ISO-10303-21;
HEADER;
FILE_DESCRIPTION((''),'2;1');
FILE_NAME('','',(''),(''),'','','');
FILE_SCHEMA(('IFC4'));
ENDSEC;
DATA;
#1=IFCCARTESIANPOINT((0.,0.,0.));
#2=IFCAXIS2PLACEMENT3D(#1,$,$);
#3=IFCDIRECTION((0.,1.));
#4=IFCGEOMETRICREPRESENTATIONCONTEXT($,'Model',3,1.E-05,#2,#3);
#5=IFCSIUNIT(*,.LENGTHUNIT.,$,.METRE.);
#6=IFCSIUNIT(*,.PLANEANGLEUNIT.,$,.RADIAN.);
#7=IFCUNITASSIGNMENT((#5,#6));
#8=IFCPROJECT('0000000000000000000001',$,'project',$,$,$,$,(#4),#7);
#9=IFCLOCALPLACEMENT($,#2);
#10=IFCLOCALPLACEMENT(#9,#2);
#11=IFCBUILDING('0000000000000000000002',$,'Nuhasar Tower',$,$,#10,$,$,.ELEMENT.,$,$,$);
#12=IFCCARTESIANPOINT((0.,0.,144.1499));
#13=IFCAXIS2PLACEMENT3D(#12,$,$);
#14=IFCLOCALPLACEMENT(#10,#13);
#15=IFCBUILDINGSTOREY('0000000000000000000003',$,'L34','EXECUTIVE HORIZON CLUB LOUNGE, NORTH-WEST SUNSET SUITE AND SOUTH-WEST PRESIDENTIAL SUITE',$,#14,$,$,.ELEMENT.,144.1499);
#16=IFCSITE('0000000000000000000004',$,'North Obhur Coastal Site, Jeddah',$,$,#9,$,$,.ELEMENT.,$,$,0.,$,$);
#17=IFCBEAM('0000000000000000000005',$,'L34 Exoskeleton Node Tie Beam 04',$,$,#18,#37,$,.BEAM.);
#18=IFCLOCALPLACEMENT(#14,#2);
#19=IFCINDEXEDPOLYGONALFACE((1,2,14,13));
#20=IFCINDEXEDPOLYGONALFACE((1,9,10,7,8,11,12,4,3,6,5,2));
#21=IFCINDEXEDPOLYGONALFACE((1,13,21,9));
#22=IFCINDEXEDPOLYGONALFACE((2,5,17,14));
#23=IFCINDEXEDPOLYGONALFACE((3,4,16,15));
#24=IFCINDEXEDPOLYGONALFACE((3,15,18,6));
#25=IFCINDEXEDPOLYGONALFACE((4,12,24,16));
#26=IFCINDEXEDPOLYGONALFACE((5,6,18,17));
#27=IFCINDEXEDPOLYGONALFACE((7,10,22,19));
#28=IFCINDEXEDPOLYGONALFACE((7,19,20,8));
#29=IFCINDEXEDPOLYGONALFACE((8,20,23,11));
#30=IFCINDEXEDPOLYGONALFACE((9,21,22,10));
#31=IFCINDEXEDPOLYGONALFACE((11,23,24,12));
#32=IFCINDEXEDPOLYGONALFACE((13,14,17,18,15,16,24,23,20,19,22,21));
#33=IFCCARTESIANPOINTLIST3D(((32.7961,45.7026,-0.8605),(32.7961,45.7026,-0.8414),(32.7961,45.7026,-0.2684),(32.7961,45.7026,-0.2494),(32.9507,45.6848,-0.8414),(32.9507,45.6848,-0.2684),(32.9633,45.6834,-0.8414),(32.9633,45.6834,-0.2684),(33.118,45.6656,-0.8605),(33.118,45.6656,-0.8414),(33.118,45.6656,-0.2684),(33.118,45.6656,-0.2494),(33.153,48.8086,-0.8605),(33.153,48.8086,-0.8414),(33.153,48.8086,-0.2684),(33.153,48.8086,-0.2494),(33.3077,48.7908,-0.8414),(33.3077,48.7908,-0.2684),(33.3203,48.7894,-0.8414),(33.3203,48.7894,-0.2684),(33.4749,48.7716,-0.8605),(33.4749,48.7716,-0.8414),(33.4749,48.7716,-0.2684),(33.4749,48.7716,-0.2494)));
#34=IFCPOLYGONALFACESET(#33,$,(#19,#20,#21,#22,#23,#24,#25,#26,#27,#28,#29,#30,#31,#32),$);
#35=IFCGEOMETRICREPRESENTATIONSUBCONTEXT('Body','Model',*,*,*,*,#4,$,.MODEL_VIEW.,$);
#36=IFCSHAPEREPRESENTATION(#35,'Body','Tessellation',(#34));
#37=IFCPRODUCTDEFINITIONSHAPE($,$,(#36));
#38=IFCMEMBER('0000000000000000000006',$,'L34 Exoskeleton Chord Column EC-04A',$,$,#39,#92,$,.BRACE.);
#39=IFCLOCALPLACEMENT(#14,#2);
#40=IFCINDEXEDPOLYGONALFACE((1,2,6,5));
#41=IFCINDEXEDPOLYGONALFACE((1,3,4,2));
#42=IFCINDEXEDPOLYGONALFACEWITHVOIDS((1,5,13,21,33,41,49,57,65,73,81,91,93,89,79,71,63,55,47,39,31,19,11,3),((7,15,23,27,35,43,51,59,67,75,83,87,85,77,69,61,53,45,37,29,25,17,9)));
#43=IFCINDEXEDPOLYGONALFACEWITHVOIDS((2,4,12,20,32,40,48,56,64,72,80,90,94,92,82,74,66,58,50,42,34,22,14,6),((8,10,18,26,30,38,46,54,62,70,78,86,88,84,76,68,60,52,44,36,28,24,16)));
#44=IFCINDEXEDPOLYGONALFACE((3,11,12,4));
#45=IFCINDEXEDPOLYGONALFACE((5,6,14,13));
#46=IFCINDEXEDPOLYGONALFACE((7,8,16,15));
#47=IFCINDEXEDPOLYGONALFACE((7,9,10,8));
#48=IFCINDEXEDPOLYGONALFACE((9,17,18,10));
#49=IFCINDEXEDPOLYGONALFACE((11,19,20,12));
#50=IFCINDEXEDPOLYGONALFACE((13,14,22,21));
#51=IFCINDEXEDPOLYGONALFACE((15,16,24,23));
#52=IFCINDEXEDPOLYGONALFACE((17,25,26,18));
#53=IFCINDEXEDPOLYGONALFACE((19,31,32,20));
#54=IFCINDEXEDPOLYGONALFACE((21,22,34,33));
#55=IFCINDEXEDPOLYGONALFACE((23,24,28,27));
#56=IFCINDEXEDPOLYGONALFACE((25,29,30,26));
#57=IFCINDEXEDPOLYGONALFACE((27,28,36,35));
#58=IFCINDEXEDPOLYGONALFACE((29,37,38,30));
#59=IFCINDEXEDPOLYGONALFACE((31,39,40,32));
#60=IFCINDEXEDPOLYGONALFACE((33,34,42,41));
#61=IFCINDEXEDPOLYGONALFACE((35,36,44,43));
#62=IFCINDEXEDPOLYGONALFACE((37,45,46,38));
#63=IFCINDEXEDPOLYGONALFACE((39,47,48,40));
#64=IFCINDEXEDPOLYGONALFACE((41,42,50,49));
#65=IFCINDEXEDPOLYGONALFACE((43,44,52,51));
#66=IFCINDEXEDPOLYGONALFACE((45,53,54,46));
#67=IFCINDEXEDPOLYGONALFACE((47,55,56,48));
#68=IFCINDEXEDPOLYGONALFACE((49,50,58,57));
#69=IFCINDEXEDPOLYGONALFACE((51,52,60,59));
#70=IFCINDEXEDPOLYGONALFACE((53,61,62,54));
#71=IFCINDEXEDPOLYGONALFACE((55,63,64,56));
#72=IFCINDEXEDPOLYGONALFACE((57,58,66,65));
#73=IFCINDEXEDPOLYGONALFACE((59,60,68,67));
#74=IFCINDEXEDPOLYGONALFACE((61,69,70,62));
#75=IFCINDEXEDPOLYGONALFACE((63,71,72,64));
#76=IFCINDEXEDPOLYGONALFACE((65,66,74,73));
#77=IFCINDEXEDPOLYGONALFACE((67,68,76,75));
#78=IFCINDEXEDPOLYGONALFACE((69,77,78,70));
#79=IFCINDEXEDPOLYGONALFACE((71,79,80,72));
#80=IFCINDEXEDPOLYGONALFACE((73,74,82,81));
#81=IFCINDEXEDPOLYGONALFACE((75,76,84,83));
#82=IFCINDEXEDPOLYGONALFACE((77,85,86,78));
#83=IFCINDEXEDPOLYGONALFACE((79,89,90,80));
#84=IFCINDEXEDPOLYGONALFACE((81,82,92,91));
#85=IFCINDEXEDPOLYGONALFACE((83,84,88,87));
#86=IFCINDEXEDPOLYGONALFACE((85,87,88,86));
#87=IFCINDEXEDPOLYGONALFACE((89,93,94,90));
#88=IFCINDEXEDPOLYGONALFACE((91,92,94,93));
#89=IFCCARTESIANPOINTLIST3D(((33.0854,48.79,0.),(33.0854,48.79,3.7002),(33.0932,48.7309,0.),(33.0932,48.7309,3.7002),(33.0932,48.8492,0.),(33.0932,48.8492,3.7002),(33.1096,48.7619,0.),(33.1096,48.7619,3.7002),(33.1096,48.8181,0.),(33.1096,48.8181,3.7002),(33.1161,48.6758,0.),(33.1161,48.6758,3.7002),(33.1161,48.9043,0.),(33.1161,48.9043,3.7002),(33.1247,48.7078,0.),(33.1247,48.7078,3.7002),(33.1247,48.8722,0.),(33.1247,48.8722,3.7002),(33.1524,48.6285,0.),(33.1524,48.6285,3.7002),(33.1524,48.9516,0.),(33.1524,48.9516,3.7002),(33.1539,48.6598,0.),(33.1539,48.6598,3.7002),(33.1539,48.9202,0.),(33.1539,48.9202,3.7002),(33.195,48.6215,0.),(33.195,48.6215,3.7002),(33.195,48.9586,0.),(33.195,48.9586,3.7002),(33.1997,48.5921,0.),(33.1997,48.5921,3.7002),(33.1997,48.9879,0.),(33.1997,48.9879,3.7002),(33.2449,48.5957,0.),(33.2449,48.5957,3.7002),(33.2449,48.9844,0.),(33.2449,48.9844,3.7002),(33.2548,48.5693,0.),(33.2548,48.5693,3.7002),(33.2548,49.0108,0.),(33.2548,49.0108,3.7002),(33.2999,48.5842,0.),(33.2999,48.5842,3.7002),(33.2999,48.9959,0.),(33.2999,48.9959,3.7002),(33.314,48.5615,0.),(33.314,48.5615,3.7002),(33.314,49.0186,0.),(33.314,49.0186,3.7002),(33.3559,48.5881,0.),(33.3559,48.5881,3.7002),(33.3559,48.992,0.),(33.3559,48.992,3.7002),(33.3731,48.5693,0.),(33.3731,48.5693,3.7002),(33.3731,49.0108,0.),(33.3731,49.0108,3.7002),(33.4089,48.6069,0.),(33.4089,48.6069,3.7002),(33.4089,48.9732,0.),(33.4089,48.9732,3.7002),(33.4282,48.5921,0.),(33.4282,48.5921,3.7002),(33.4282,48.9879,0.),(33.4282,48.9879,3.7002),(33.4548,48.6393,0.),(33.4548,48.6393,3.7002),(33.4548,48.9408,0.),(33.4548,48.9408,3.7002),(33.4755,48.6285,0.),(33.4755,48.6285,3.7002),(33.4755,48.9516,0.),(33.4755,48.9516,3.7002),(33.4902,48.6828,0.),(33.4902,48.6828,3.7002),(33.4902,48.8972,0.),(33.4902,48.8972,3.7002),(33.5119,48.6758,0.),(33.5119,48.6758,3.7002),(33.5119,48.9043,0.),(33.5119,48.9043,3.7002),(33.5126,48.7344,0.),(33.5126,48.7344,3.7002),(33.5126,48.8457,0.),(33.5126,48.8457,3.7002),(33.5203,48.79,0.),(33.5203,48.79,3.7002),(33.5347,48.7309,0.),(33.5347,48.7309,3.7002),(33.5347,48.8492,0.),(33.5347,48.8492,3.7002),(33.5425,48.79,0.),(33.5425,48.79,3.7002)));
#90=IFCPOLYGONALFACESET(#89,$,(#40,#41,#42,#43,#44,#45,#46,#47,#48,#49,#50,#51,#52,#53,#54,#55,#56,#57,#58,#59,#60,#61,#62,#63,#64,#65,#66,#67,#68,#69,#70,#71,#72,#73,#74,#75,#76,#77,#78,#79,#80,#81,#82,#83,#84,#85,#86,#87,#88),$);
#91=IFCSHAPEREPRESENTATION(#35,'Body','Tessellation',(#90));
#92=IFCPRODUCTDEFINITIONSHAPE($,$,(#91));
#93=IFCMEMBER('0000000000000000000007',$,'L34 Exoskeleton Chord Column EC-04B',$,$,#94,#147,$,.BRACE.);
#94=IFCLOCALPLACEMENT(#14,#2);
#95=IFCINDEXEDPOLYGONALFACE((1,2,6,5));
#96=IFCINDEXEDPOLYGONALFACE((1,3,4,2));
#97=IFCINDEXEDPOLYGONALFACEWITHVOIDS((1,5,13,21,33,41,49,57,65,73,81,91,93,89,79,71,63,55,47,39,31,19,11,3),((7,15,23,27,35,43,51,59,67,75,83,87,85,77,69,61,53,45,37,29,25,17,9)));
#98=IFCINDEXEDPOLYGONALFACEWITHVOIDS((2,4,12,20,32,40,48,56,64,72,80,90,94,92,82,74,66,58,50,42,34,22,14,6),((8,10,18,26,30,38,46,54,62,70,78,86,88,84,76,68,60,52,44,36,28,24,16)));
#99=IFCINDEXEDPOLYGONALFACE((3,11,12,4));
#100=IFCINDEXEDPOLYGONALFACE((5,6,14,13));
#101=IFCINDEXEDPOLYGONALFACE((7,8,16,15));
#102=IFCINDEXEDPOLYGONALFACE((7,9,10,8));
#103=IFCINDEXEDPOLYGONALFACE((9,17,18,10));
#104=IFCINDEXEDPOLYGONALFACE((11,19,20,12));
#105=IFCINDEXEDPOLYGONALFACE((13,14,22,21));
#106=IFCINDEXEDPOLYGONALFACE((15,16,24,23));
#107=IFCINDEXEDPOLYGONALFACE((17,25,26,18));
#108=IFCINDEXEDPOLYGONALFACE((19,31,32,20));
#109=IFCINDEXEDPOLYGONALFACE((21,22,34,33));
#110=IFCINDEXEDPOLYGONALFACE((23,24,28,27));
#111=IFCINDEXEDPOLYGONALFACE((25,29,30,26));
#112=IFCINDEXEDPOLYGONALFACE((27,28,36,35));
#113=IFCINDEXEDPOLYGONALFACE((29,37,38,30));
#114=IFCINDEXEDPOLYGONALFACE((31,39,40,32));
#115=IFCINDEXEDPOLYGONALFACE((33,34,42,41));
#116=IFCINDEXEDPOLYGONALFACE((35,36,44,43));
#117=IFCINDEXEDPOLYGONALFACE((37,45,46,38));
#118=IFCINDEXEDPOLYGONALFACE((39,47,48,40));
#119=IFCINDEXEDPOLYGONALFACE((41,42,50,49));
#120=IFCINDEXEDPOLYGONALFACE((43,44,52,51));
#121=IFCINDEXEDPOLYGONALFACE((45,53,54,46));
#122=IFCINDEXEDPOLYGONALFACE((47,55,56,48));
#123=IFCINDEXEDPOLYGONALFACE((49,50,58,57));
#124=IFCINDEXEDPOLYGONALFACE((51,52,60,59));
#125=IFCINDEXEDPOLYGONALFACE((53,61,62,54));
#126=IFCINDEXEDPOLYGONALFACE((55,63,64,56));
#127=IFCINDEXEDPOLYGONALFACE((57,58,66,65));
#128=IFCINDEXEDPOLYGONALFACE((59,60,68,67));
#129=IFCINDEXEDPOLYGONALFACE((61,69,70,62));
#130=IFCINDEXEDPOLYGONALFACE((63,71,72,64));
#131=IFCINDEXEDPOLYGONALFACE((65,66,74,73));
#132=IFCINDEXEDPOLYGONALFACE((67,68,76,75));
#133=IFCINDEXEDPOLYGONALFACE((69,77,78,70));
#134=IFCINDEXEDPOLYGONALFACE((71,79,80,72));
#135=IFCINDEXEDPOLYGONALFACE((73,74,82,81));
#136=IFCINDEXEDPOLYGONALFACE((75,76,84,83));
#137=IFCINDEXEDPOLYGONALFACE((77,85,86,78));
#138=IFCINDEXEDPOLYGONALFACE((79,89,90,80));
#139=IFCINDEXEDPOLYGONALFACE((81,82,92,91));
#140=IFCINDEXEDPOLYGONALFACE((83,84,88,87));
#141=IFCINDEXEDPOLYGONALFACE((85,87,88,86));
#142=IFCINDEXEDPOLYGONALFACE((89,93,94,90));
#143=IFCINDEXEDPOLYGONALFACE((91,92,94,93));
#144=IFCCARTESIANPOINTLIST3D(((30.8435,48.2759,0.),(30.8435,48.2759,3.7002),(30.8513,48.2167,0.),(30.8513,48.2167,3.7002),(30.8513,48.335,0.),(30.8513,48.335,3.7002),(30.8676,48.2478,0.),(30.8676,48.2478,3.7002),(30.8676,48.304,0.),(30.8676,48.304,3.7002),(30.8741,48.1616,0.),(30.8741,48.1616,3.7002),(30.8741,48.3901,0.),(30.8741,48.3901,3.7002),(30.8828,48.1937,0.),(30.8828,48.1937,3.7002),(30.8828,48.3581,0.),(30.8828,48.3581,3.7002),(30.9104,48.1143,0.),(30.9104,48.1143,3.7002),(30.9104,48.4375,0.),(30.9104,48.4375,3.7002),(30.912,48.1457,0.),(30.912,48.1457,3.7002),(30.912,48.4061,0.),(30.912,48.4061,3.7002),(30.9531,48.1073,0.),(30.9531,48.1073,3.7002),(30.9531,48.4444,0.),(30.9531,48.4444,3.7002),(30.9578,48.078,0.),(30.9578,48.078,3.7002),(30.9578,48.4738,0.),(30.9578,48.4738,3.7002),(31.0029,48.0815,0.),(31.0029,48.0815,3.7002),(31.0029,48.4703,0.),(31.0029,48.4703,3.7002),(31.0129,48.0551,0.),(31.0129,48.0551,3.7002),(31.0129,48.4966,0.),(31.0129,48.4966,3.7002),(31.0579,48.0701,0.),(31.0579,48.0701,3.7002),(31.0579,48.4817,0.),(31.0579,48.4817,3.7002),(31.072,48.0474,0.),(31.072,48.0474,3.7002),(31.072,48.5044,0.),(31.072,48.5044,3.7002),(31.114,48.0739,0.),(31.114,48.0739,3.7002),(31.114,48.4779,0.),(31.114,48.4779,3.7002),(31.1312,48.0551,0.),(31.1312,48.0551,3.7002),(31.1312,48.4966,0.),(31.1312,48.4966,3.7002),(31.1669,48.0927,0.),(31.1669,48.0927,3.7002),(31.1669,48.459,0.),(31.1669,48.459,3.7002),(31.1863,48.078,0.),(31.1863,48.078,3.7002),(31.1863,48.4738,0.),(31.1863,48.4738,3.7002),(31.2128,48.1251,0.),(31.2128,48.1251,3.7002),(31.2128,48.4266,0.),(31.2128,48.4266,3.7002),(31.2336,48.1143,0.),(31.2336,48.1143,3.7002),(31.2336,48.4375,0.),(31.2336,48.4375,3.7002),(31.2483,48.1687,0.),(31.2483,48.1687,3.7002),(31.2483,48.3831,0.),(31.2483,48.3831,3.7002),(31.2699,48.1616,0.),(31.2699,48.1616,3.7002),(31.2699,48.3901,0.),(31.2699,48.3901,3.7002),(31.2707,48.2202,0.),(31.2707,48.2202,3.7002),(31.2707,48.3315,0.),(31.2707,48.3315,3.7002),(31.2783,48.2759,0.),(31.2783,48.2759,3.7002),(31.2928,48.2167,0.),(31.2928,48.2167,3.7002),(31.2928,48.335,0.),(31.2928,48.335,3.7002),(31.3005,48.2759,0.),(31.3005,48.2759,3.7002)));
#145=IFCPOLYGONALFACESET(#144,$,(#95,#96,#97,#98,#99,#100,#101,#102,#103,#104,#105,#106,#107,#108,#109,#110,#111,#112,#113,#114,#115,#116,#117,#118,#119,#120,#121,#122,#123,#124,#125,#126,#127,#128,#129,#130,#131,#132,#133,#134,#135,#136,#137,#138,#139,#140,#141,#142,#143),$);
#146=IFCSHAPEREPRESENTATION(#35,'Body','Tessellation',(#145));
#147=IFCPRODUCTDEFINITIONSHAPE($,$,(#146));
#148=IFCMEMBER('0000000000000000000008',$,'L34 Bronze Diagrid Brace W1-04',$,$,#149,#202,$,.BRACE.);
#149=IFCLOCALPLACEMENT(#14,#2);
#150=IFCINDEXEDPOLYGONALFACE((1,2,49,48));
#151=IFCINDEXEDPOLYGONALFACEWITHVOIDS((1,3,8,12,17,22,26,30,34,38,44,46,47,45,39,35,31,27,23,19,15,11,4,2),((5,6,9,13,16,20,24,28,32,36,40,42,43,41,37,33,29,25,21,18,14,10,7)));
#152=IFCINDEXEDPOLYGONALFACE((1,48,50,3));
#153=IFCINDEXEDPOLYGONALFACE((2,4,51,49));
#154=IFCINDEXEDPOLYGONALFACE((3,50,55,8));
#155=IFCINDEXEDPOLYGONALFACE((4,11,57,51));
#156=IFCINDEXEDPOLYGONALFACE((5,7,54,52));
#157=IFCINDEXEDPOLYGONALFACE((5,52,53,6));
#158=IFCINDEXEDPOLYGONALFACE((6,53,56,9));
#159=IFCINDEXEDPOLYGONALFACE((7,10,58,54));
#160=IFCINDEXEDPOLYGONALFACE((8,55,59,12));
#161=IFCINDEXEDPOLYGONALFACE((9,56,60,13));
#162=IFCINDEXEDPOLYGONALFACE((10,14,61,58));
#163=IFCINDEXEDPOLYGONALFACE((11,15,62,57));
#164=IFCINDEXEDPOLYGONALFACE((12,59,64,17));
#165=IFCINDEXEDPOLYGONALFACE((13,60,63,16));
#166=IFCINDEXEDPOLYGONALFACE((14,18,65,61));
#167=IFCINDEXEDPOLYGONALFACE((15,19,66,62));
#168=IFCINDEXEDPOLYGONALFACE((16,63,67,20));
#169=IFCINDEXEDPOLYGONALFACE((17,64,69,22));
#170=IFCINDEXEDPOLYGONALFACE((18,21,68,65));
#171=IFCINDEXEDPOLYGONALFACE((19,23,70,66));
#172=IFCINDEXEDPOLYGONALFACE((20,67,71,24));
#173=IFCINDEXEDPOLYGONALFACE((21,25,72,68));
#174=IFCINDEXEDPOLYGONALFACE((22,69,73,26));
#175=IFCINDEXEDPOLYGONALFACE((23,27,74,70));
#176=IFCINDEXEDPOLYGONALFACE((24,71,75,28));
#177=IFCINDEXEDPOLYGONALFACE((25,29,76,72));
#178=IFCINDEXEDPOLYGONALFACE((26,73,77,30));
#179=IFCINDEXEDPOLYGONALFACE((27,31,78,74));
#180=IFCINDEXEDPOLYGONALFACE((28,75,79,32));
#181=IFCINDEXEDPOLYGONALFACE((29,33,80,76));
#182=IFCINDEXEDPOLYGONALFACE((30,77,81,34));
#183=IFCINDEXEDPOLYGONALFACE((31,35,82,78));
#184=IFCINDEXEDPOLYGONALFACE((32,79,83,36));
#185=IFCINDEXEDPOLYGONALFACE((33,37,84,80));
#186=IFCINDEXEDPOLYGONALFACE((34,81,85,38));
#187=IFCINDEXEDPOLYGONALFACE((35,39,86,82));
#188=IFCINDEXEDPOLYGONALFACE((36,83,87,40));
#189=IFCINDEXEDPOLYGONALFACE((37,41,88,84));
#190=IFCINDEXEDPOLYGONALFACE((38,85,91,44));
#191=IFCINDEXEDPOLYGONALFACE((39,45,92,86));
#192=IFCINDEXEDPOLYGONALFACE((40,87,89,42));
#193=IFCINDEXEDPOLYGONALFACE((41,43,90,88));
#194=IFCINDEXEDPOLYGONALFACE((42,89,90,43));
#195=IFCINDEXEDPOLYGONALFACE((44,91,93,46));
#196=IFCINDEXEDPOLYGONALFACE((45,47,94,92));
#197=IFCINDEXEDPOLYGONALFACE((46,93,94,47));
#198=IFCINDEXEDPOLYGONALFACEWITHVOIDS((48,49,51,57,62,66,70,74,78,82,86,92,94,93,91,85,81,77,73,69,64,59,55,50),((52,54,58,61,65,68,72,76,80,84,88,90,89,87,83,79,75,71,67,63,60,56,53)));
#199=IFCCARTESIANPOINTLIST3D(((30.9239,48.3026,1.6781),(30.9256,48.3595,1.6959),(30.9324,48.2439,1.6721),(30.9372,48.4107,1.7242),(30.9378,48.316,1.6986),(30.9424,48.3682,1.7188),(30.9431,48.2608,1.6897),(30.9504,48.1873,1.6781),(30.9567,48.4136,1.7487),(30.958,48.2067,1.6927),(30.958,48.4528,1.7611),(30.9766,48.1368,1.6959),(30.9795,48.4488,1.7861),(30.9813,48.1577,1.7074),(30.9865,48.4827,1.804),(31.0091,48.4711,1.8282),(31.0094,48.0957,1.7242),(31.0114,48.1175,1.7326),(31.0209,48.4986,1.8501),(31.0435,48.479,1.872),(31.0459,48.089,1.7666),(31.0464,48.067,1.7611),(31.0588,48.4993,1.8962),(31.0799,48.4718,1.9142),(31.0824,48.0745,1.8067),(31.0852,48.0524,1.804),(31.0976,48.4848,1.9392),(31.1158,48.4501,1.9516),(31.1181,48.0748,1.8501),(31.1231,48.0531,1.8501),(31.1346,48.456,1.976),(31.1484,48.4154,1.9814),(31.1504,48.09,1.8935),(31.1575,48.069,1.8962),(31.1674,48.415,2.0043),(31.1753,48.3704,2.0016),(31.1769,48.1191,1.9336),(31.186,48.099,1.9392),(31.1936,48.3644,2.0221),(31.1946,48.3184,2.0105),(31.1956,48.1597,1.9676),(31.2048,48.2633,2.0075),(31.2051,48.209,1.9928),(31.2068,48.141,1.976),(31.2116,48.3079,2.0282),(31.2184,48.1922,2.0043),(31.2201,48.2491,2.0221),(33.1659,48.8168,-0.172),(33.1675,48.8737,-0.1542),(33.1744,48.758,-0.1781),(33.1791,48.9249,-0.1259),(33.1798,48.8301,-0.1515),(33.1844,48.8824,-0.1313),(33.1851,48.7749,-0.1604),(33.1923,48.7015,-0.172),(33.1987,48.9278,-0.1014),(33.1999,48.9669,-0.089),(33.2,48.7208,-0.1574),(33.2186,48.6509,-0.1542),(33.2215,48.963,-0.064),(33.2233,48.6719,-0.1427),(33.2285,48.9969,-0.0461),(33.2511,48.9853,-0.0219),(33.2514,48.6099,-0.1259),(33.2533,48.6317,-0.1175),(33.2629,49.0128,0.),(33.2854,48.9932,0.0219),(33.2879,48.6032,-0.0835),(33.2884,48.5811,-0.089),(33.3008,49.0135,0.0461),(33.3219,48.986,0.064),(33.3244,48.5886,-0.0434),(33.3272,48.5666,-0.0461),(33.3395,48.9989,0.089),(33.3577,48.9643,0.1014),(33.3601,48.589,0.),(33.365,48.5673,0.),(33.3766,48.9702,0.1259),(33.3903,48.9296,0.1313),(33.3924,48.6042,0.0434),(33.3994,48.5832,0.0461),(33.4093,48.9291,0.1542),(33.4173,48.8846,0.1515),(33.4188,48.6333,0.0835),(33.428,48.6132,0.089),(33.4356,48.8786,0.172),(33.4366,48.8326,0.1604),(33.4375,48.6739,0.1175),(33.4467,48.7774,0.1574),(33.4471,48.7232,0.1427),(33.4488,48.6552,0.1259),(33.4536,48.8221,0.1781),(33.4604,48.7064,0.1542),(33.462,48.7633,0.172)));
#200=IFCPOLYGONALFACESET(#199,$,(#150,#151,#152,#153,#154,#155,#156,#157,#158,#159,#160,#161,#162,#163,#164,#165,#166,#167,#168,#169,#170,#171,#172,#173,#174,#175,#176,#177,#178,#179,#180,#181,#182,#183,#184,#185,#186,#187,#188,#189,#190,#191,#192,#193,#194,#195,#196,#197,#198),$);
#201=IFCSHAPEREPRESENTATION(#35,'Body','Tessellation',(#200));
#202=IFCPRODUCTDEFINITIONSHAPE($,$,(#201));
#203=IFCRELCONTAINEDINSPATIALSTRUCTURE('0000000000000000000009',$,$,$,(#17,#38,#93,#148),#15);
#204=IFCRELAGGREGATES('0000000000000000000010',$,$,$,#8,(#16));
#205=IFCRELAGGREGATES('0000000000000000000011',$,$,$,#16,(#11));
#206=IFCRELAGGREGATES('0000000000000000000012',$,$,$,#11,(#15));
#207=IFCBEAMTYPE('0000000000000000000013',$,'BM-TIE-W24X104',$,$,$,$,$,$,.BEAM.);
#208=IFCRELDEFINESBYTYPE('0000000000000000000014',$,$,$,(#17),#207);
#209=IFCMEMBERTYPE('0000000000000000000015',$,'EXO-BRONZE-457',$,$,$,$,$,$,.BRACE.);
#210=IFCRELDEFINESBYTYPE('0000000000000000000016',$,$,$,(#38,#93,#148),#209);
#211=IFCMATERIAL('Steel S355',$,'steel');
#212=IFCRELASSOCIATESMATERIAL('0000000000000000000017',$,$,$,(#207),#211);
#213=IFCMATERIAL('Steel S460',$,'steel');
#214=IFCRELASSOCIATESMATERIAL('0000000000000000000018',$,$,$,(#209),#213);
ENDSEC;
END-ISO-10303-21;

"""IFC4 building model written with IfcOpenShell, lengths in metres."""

from ifc_helpers import new_model, si_unit, direction, frame, origin, origin_2d, place, context, subcontext, project, spatial, hollow_circle, i_section, extrude, material, material_profile, profile_set, type_object, element, save


model = new_model("IFC4")

# Units and contexts
model_context = context("Model", 3, precision=1e-05, world=origin(), true_north=direction((0.0, 1.0)))
body_context = subcontext(model_context, "Body", "Model", "MODEL_VIEW")
ifc_project = project(units=[si_unit("LENGTHUNIT", "METRE"), si_unit("PLANEANGLEUNIT", "RADIAN")], contexts=[model_context])

# Site, building, storey
site_placement = place(None, origin())
site = spatial("IfcSite", under=ifc_project, at=site_placement, Name="North Obhur Coastal Site, Jeddah", CompositionType="ELEMENT", RefElevation=0.0)
building_placement = place(site_placement, origin())
building = spatial("IfcBuilding", under=site, at=building_placement, Name="Nuhasar Tower", CompositionType="ELEMENT")
storey_placement = place(building_placement, frame((0.0, 0.0, 144.1499)))
storey = spatial("IfcBuildingStorey", under=building, at=storey_placement, Name="L34", Description="EXECUTIVE HORIZON CLUB LOUNGE, NORTH-WEST SUNSET SUITE AND SOUTH-WEST PRESIDENTIAL SUITE", CompositionType="ELEMENT", Elevation=144.1499)

# Beam
ifc_material_1 = material(Name="Steel S355", Category="steel")
ifc_material_profile_1 = material_profile(ifc_material_1, i_section(OverallWidth=0.324, OverallDepth=0.6111, WebThickness=0.0127, FlangeThickness=0.019, at=origin_2d()), Name="W24X104")
ifc_profile_set_1 = profile_set([ifc_material_profile_1], Name="Steel S355")
beam_type_1 = type_object("IfcBeamType", Name="BM-TIE-W24X104", PredefinedType="BEAM", material=ifc_profile_set_1)
beam_1_placement = place(storey_placement, frame((32.957, 45.6841, -0.5549), z_axis=(0.114168, 0.993461, 0.0), x_axis=(-0.993461, 0.114168, 0.0)))
element("IfcBeam", 1, at=beam_1_placement, inside=storey, type_object=beam_type_1, Name="L34 Exoskeleton Node Tie Beam 04", PredefinedType="BEAM", context=body_context, shape_type="SweptSolid", body=[
    extrude(i_section(OverallWidth=0.324, OverallDepth=0.6111, WebThickness=0.0127, FlangeThickness=0.019, at=origin_2d()), origin(), (0.0, 0.0, 1.0), 3.1265),
])

# Members
ifc_material_2 = material(Name="Steel S460", Category="steel")
ifc_material_profile_2 = material_profile(ifc_material_2, hollow_circle(Radius=0.2285, WallThickness=0.0222, at=origin_2d()), Name="HSS457X22.2")
ifc_profile_set_2 = profile_set([ifc_material_profile_2], Name="Steel S460")
member_type = type_object("IfcMemberType", Name="EXO-BRONZE-457", PredefinedType="BRACE", material=ifc_profile_set_2)
for number, where, z_axis, x_axis, name in (
    (2, (33.314, 48.79, 0.0), (0.0, 0.0, 1.0), (1.0, 0.0, 0.0), "L34 Exoskeleton Chord Column EC-04A"),
    (3, (31.072, 48.2759, 0.0), (0.0, 0.0, 1.0), (1.0, 0.0, 0.0), "L34 Exoskeleton Chord Column EC-04B"),
):
    element("IfcMember", number, at=place(storey_placement, frame(where, z_axis=z_axis, x_axis=x_axis)), inside=storey, type_object=member_type, Name=name, PredefinedType="BRACE", context=body_context, shape_type="SweptSolid", body=[
        extrude(hollow_circle(Radius=0.2285, WallThickness=0.0222, at=origin_2d()), origin(), (0.0, 0.0, 1.0), 3.7002),
    ])
for number, where, z_axis, x_axis, name in (
    (4, (33.314, 48.79, 0.0), (-0.7595, -0.174181, 0.626755), (0.223534, -0.974696, 0.0), "L34 Bronze Diagrid Brace W1-04"),
):
    element("IfcMember", number, at=place(storey_placement, frame(where, z_axis=z_axis, x_axis=x_axis)), inside=storey, type_object=member_type, Name=name, PredefinedType="BRACE", context=body_context, shape_type="SweptSolid", body=[
        extrude(hollow_circle(Radius=0.2285, WallThickness=0.0222, at=origin_2d()), origin(), (0.0, 0.0, 1.0), 2.9519),
    ])

save(model, "model.ifc")
